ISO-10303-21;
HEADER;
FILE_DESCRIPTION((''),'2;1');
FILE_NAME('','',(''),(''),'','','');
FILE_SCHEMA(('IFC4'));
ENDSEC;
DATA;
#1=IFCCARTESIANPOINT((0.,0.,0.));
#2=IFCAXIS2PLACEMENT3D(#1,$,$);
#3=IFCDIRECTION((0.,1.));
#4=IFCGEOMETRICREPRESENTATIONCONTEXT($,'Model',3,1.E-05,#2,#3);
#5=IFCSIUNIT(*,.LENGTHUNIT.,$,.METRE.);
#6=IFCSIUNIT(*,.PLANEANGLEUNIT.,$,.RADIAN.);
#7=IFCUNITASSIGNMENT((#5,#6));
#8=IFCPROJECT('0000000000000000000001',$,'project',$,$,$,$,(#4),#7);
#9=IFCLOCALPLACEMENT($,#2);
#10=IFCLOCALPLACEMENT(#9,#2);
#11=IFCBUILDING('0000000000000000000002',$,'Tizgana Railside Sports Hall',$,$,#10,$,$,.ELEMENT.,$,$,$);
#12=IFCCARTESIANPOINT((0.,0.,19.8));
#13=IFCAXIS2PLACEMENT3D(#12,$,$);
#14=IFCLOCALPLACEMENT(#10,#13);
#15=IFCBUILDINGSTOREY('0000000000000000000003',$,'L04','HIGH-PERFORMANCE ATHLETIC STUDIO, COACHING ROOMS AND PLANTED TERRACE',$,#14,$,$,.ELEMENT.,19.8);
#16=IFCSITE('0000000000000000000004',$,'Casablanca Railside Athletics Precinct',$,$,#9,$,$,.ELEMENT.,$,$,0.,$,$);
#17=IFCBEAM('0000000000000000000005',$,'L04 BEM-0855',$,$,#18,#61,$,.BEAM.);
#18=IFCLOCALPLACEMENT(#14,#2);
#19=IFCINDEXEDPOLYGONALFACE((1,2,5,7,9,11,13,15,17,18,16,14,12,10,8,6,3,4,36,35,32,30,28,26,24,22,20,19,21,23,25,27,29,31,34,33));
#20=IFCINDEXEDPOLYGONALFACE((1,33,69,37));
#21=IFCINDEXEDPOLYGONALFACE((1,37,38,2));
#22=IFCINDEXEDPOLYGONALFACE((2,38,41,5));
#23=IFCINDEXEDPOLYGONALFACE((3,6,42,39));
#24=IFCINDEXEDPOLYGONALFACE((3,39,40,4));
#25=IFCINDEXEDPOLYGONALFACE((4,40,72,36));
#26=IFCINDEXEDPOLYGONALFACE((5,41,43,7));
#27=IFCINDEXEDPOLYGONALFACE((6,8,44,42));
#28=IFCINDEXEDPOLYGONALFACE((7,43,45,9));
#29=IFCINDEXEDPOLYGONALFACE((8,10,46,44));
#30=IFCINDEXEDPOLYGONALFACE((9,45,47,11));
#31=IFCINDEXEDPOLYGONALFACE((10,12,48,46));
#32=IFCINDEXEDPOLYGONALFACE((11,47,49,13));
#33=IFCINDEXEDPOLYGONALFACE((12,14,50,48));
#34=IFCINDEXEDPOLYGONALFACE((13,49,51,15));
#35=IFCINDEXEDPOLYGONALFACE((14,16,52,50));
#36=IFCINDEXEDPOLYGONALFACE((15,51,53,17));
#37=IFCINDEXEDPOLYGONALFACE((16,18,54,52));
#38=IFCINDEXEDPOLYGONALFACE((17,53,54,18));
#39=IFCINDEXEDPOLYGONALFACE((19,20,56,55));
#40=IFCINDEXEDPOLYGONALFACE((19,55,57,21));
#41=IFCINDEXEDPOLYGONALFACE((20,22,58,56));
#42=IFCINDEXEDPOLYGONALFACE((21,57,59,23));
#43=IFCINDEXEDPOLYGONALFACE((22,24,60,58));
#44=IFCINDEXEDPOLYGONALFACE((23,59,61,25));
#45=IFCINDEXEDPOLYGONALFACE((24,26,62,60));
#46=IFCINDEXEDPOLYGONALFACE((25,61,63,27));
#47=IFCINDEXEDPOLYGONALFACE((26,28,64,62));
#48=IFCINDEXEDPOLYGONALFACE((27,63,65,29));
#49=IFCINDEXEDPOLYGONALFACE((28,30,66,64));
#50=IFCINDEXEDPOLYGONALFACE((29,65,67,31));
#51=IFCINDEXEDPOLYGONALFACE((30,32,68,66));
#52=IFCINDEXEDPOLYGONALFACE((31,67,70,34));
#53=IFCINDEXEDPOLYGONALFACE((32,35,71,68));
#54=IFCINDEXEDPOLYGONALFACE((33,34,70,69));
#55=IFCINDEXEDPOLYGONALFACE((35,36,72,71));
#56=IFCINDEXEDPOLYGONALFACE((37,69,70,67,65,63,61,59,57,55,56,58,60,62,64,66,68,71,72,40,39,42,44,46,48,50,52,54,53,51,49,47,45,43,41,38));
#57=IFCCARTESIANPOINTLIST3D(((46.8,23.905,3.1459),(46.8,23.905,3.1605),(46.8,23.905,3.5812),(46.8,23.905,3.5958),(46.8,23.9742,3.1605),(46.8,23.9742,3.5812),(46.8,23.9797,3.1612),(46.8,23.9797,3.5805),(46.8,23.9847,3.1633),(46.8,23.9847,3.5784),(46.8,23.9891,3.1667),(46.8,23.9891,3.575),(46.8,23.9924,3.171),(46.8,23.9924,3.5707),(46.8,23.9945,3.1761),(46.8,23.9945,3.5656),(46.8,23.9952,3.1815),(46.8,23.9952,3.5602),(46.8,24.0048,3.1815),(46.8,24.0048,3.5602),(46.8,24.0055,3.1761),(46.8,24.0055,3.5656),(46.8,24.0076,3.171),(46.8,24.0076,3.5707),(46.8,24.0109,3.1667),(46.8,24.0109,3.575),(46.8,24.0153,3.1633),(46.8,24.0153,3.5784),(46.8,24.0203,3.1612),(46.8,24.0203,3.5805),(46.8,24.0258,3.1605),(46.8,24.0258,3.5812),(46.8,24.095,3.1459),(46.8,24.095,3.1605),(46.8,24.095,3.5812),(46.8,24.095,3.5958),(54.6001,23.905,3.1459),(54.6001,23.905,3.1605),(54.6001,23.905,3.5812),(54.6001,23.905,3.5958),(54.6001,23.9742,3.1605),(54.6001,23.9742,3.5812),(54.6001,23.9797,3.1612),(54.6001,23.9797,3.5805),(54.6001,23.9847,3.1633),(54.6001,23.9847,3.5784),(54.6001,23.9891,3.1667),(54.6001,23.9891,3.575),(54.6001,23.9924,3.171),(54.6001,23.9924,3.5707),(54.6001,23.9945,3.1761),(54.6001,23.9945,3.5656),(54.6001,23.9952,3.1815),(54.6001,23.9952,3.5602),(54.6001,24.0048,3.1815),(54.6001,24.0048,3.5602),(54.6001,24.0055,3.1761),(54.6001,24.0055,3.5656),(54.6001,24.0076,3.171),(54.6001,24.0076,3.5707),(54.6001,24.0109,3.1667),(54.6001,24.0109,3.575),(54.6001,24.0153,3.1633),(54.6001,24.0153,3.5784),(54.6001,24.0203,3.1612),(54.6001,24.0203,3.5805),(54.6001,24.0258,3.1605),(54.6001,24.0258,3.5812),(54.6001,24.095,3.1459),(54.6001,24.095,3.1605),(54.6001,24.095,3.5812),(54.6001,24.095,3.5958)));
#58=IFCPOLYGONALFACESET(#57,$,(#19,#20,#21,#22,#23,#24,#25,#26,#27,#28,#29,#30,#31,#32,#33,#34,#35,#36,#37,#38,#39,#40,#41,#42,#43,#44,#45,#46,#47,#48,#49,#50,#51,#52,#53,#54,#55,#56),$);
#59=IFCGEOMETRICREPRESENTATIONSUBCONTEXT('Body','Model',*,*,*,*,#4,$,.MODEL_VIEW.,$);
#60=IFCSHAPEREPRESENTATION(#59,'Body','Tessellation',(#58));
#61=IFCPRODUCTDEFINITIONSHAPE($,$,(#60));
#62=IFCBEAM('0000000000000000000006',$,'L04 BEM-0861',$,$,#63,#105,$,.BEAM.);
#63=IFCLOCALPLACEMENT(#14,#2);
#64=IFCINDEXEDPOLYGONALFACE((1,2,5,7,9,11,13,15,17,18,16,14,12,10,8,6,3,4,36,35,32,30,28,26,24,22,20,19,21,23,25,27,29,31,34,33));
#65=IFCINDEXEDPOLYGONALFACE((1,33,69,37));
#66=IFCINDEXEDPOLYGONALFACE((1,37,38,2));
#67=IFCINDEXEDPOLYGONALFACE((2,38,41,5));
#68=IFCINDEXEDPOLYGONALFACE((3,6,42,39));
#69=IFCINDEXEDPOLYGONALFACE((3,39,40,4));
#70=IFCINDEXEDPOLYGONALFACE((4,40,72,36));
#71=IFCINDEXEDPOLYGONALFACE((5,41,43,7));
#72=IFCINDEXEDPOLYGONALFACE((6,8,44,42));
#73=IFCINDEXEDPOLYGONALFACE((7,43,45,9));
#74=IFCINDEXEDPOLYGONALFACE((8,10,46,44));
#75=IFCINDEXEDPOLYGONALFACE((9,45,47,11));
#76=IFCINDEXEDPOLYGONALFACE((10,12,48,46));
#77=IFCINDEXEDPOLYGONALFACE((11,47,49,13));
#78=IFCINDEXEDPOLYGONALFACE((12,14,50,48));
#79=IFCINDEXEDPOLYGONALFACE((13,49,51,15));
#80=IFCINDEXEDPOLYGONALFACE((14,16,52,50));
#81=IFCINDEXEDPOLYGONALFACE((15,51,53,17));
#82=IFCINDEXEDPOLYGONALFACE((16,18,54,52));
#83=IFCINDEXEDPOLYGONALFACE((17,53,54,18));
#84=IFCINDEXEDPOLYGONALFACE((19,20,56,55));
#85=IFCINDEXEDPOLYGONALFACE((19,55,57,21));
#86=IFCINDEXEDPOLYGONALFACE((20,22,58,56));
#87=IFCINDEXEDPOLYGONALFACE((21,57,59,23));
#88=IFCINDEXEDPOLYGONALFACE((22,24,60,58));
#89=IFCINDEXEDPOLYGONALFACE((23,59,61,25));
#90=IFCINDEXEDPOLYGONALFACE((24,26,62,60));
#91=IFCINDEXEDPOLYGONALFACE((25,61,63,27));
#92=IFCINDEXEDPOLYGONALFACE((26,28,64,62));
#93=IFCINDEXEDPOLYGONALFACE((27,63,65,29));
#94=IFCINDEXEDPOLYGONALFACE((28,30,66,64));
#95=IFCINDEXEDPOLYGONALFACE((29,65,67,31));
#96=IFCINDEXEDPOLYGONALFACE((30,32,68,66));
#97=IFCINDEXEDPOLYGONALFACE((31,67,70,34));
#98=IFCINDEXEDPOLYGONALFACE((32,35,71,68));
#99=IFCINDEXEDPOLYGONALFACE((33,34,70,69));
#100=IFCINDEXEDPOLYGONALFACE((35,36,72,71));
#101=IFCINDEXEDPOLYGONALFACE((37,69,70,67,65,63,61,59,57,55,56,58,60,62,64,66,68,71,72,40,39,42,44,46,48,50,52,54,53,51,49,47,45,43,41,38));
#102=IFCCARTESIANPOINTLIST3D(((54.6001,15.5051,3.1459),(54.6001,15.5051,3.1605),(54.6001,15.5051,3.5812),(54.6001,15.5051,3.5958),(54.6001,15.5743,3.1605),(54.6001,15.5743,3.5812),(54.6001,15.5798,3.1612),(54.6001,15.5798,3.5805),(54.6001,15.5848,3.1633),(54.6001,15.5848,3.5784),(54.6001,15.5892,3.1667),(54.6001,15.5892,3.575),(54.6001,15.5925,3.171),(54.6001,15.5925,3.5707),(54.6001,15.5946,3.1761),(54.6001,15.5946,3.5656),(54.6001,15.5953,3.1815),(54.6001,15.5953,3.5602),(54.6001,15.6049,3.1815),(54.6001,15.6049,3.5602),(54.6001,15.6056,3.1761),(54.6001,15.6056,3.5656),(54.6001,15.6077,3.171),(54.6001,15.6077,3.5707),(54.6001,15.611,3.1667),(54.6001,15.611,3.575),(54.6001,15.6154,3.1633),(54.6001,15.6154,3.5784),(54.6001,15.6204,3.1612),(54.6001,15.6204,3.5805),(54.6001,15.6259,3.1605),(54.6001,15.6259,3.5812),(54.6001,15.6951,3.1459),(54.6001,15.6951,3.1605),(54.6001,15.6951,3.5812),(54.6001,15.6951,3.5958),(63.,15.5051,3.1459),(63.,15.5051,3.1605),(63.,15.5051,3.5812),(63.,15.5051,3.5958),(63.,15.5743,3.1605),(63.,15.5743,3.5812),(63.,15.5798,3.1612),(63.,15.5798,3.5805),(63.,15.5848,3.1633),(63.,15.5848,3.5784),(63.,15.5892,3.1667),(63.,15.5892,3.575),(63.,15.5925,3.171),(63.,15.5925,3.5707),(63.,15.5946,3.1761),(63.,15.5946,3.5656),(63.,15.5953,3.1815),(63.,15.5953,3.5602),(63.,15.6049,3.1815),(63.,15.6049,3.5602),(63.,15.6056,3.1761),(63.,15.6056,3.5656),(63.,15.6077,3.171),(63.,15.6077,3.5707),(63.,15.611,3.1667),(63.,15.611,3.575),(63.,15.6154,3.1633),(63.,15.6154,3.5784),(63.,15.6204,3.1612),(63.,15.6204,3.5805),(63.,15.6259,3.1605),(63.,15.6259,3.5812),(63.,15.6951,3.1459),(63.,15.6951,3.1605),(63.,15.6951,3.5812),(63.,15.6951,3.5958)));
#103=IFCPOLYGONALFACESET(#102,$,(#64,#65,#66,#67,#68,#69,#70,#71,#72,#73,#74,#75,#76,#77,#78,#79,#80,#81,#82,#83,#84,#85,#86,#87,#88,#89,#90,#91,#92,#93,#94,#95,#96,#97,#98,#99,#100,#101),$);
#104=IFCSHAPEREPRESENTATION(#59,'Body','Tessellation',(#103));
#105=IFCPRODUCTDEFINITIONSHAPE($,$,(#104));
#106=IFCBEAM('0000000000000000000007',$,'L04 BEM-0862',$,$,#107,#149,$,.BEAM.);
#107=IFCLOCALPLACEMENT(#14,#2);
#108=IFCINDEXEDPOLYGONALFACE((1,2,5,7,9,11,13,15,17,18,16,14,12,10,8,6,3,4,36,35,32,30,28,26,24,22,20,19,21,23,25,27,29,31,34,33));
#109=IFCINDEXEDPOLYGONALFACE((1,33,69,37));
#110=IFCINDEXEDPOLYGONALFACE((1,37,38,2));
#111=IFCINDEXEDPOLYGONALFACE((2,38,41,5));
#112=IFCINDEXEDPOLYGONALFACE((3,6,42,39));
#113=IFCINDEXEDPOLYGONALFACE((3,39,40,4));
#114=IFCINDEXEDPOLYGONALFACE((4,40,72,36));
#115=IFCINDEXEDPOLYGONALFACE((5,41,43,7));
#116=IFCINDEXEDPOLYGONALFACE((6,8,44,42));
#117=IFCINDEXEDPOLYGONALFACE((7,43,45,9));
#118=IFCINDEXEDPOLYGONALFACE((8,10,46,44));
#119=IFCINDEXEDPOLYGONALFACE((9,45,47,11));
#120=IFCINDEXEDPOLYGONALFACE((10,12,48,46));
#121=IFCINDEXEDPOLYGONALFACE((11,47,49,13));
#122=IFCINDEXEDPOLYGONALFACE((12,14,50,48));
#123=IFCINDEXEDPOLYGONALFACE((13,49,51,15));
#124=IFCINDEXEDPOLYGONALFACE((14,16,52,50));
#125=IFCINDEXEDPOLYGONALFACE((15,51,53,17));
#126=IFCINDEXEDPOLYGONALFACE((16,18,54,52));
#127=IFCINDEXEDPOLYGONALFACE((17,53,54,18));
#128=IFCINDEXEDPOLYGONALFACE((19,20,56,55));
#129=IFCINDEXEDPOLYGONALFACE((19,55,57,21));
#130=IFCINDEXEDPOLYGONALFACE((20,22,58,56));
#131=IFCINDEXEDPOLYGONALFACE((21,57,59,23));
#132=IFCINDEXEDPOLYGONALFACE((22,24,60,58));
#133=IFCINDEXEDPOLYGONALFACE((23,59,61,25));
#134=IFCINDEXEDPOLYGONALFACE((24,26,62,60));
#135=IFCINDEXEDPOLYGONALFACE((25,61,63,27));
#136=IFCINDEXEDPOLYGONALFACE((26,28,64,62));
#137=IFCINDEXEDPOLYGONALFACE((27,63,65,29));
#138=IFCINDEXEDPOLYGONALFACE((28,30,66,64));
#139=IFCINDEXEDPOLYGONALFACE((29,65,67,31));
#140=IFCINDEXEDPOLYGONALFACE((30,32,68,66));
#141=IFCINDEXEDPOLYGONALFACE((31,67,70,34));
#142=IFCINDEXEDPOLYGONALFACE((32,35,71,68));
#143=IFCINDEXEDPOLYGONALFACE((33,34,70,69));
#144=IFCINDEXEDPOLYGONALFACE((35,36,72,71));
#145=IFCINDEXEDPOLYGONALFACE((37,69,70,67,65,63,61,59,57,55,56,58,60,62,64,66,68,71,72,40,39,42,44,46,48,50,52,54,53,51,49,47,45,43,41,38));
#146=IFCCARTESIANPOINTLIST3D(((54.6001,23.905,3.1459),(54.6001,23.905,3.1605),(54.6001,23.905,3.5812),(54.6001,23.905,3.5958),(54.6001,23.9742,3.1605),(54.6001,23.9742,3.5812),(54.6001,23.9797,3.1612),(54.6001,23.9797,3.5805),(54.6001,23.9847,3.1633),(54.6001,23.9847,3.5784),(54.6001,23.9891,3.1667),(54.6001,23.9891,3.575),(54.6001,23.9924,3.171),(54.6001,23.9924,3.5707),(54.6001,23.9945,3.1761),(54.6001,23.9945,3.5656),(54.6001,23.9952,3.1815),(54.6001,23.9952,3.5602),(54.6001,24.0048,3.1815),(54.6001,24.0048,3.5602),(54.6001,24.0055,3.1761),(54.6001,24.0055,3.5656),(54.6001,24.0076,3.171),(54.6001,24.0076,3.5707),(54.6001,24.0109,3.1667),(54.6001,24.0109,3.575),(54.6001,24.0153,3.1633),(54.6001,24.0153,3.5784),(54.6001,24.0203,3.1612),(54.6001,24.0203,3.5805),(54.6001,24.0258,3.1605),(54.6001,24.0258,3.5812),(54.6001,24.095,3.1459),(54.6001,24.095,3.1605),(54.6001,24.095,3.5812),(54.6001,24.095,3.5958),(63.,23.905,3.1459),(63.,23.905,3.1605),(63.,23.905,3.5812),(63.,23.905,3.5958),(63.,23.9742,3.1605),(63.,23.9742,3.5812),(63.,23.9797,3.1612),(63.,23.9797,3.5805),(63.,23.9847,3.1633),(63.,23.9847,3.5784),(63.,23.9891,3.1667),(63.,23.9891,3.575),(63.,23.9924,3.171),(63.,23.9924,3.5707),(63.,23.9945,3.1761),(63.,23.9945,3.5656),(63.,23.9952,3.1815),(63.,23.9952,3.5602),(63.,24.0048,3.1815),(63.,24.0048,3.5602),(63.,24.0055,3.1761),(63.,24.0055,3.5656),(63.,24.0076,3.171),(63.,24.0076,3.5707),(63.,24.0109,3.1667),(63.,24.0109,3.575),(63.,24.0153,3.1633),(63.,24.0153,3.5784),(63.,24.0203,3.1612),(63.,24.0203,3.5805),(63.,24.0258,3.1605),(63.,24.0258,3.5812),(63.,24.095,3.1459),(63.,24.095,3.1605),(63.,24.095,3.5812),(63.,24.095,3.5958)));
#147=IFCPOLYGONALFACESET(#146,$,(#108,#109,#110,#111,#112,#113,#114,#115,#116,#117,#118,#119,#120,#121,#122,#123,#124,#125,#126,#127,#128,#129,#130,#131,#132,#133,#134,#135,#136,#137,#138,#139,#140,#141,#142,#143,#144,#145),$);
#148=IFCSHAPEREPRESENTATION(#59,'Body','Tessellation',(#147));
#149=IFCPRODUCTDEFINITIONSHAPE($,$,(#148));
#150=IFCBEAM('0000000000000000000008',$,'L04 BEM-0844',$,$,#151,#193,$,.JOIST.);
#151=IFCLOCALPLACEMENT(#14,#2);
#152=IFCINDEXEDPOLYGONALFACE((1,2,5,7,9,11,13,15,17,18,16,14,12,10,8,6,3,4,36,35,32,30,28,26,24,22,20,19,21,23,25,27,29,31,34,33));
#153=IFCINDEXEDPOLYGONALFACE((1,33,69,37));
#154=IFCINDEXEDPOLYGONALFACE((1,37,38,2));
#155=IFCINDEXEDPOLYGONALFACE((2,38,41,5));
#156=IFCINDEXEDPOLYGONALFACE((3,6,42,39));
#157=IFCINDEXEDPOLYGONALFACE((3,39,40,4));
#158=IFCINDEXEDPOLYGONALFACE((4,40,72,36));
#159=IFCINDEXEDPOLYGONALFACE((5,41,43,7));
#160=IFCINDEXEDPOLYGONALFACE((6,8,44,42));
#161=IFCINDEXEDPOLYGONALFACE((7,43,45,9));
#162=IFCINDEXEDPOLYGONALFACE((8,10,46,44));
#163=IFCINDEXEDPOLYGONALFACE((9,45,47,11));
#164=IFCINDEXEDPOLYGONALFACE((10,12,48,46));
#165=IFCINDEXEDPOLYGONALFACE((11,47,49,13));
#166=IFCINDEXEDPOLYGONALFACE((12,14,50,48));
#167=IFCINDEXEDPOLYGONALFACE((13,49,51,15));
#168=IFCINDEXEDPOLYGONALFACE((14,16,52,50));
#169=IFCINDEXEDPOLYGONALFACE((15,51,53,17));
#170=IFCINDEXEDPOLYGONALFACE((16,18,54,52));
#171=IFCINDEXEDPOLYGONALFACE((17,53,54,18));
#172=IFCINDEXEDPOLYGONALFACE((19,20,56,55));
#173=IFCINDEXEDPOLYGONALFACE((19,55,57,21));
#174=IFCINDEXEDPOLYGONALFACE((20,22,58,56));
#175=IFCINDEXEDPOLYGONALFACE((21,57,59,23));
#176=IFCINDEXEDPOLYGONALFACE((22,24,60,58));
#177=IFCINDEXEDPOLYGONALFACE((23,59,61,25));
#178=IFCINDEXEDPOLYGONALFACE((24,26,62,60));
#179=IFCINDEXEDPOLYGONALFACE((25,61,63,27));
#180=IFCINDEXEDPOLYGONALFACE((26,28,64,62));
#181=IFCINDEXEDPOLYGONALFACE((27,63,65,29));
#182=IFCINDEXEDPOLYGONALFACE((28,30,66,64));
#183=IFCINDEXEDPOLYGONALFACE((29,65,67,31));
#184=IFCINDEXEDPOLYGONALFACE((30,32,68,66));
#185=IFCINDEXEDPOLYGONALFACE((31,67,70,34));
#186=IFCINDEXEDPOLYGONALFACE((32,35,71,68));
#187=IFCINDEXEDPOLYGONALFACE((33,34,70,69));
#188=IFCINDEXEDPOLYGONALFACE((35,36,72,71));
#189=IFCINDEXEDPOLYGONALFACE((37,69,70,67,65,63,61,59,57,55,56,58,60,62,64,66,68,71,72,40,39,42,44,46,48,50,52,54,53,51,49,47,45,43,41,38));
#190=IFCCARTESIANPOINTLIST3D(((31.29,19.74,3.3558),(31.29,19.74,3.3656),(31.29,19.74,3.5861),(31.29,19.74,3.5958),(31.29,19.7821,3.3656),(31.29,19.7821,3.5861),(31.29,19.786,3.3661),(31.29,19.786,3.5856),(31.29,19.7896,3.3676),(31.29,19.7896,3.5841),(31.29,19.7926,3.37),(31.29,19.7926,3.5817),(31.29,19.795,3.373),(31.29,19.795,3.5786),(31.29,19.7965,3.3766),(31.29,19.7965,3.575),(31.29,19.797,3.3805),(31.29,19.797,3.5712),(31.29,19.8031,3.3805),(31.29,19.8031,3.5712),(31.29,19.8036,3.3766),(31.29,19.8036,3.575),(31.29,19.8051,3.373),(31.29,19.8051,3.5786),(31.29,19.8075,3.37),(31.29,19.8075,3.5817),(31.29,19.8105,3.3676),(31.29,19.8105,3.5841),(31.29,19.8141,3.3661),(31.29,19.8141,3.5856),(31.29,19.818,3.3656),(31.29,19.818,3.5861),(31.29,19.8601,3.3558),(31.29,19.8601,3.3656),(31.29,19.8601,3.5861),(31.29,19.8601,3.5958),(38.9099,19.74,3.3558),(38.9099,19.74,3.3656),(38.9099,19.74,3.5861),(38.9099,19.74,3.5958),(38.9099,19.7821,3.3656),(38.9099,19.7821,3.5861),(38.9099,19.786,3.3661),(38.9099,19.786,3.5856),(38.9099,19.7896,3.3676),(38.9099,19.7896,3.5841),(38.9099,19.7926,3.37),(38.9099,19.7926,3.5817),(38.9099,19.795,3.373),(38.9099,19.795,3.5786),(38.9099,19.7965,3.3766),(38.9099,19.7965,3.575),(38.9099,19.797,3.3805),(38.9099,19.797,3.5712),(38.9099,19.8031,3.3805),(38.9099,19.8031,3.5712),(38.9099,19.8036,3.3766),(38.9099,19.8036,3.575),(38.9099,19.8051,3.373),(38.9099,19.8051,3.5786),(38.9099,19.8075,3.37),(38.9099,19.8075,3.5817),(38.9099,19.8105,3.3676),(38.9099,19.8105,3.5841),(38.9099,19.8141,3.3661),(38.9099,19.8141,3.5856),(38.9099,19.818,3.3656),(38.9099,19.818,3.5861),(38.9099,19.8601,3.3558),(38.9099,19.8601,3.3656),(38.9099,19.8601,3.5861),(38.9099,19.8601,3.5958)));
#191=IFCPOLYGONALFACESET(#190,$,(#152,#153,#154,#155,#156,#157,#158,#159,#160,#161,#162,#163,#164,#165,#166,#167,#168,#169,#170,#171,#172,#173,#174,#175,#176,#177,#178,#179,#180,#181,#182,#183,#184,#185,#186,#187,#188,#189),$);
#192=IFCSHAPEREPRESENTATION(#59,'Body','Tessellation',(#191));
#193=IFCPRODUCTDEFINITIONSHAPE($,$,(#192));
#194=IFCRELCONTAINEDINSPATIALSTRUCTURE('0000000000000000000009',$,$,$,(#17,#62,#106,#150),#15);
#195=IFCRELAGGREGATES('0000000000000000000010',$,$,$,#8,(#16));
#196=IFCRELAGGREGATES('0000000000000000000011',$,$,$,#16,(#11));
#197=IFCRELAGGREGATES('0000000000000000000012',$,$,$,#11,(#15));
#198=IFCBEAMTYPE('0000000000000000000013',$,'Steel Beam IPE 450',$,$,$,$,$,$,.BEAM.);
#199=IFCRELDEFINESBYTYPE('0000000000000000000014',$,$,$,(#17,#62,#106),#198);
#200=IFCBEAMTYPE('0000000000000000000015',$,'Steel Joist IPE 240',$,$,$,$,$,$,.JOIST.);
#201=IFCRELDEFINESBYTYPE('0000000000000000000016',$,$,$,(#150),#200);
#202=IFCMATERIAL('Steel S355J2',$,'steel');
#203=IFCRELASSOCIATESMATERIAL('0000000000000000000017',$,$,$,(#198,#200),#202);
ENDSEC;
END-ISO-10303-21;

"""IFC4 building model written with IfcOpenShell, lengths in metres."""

from ifc_helpers import new_model, si_unit, direction, frame, origin, origin_2d, place, context, subcontext, project, spatial, i_section, extrude, material, material_profile, profile_set, type_object, element, save


model = new_model("IFC4")

# Units and contexts
model_context = context("Model", 3, precision=1e-05, world=origin(), true_north=direction((0.0, 1.0)))
body_context = subcontext(model_context, "Body", "Model", "MODEL_VIEW")
ifc_project = project(units=[si_unit("LENGTHUNIT", "METRE"), si_unit("PLANEANGLEUNIT", "RADIAN")], contexts=[model_context])

# Site, building, storey
site_placement = place(None, origin())
site = spatial("IfcSite", under=ifc_project, at=site_placement, Name="Casablanca Railside Athletics Precinct", CompositionType="ELEMENT", RefElevation=0.0)
building_placement = place(site_placement, origin())
building = spatial("IfcBuilding", under=site, at=building_placement, Name="Tizgana Railside Sports Hall", CompositionType="ELEMENT")
storey_placement = place(building_placement, frame((0.0, 0.0, 19.8)))
storey = spatial("IfcBuildingStorey", under=building, at=storey_placement, Name="L04", Description="HIGH-PERFORMANCE ATHLETIC STUDIO, COACHING ROOMS AND PLANTED TERRACE", CompositionType="ELEMENT", Elevation=19.8)

# Beams
ifc_material_1 = material(Name="Steel S355J2", Category="steel")
ifc_material_profile_1 = material_profile(ifc_material_1, i_section(OverallWidth=0.1899, OverallDepth=0.45, WebThickness=0.0095, FlangeThickness=0.0146, FilletRadius=0.021, at=origin_2d()), Name="IPE 450")
ifc_profile_set_1 = profile_set([ifc_material_profile_1], Name="Steel S355J2")
beam_type_1 = type_object("IfcBeamType", Name="Steel Beam IPE 450", PredefinedType="BEAM", material=ifc_profile_set_1)
for number, where, z_axis, x_axis, name in (
    (1, (46.8, 24.0, 3.3708), (1.0, 0.0, 0.0), (0.0, 1.0, 0.0), "L04 BEM-0855"),
):
    element("IfcBeam", number, at=place(storey_placement, frame(where, z_axis=z_axis, x_axis=x_axis)), inside=storey, type_object=beam_type_1, Name=name, PredefinedType="BEAM", context=body_context, shape_type="SweptSolid", body=[
        extrude(i_section(OverallWidth=0.1899, OverallDepth=0.45, WebThickness=0.0095, FlangeThickness=0.0146, FilletRadius=0.021, at=origin_2d()), origin(), (0.0, 0.0, 1.0), 7.8),
    ])
for number, where, z_axis, x_axis, name in (
    (2, (54.6001, 15.6001, 3.3708), (1.0, 0.0, 0.0), (0.0, 1.0, 0.0), "L04 BEM-0861"),
    (3, (54.6001, 24.0, 3.3708), (1.0, 0.0, 0.0), (0.0, 1.0, 0.0), "L04 BEM-0862"),
):
    element("IfcBeam", number, at=place(storey_placement, frame(where, z_axis=z_axis, x_axis=x_axis)), inside=storey, type_object=beam_type_1, Name=name, PredefinedType="BEAM", context=body_context, shape_type="SweptSolid", body=[
        extrude(i_section(OverallWidth=0.1899, OverallDepth=0.45, WebThickness=0.0095, FlangeThickness=0.0146, FilletRadius=0.021, at=origin_2d()), origin(), (0.0, 0.0, 1.0), 8.3999),
    ])
ifc_material_profile_2 = material_profile(ifc_material_1, i_section(OverallWidth=0.1201, OverallDepth=0.24, WebThickness=0.0061, FlangeThickness=0.0098, FilletRadius=0.0149, at=origin_2d()), Name="IPE 240")
ifc_profile_set_2 = profile_set([ifc_material_profile_2], Name="Steel S355J2")
beam_type_2 = type_object("IfcBeamType", Name="Steel Joist IPE 240", PredefinedType="JOIST", material=ifc_profile_set_2)
for number, where, z_axis, x_axis, name in (
    (4, (31.29, 19.8, 3.4758), (1.0, 0.0, 0.0), (0.0, 1.0, 0.0), "L04 BEM-0844"),
):
    element("IfcBeam", number, at=place(storey_placement, frame(where, z_axis=z_axis, x_axis=x_axis)), inside=storey, type_object=beam_type_2, Name=name, PredefinedType="JOIST", context=body_context, shape_type="SweptSolid", body=[
        extrude(i_section(OverallWidth=0.1201, OverallDepth=0.24, WebThickness=0.0061, FlangeThickness=0.0098, FilletRadius=0.0149, at=origin_2d()), origin(), (0.0, 0.0, 1.0), 7.6199),
    ])

save(model, "model.ifc")
